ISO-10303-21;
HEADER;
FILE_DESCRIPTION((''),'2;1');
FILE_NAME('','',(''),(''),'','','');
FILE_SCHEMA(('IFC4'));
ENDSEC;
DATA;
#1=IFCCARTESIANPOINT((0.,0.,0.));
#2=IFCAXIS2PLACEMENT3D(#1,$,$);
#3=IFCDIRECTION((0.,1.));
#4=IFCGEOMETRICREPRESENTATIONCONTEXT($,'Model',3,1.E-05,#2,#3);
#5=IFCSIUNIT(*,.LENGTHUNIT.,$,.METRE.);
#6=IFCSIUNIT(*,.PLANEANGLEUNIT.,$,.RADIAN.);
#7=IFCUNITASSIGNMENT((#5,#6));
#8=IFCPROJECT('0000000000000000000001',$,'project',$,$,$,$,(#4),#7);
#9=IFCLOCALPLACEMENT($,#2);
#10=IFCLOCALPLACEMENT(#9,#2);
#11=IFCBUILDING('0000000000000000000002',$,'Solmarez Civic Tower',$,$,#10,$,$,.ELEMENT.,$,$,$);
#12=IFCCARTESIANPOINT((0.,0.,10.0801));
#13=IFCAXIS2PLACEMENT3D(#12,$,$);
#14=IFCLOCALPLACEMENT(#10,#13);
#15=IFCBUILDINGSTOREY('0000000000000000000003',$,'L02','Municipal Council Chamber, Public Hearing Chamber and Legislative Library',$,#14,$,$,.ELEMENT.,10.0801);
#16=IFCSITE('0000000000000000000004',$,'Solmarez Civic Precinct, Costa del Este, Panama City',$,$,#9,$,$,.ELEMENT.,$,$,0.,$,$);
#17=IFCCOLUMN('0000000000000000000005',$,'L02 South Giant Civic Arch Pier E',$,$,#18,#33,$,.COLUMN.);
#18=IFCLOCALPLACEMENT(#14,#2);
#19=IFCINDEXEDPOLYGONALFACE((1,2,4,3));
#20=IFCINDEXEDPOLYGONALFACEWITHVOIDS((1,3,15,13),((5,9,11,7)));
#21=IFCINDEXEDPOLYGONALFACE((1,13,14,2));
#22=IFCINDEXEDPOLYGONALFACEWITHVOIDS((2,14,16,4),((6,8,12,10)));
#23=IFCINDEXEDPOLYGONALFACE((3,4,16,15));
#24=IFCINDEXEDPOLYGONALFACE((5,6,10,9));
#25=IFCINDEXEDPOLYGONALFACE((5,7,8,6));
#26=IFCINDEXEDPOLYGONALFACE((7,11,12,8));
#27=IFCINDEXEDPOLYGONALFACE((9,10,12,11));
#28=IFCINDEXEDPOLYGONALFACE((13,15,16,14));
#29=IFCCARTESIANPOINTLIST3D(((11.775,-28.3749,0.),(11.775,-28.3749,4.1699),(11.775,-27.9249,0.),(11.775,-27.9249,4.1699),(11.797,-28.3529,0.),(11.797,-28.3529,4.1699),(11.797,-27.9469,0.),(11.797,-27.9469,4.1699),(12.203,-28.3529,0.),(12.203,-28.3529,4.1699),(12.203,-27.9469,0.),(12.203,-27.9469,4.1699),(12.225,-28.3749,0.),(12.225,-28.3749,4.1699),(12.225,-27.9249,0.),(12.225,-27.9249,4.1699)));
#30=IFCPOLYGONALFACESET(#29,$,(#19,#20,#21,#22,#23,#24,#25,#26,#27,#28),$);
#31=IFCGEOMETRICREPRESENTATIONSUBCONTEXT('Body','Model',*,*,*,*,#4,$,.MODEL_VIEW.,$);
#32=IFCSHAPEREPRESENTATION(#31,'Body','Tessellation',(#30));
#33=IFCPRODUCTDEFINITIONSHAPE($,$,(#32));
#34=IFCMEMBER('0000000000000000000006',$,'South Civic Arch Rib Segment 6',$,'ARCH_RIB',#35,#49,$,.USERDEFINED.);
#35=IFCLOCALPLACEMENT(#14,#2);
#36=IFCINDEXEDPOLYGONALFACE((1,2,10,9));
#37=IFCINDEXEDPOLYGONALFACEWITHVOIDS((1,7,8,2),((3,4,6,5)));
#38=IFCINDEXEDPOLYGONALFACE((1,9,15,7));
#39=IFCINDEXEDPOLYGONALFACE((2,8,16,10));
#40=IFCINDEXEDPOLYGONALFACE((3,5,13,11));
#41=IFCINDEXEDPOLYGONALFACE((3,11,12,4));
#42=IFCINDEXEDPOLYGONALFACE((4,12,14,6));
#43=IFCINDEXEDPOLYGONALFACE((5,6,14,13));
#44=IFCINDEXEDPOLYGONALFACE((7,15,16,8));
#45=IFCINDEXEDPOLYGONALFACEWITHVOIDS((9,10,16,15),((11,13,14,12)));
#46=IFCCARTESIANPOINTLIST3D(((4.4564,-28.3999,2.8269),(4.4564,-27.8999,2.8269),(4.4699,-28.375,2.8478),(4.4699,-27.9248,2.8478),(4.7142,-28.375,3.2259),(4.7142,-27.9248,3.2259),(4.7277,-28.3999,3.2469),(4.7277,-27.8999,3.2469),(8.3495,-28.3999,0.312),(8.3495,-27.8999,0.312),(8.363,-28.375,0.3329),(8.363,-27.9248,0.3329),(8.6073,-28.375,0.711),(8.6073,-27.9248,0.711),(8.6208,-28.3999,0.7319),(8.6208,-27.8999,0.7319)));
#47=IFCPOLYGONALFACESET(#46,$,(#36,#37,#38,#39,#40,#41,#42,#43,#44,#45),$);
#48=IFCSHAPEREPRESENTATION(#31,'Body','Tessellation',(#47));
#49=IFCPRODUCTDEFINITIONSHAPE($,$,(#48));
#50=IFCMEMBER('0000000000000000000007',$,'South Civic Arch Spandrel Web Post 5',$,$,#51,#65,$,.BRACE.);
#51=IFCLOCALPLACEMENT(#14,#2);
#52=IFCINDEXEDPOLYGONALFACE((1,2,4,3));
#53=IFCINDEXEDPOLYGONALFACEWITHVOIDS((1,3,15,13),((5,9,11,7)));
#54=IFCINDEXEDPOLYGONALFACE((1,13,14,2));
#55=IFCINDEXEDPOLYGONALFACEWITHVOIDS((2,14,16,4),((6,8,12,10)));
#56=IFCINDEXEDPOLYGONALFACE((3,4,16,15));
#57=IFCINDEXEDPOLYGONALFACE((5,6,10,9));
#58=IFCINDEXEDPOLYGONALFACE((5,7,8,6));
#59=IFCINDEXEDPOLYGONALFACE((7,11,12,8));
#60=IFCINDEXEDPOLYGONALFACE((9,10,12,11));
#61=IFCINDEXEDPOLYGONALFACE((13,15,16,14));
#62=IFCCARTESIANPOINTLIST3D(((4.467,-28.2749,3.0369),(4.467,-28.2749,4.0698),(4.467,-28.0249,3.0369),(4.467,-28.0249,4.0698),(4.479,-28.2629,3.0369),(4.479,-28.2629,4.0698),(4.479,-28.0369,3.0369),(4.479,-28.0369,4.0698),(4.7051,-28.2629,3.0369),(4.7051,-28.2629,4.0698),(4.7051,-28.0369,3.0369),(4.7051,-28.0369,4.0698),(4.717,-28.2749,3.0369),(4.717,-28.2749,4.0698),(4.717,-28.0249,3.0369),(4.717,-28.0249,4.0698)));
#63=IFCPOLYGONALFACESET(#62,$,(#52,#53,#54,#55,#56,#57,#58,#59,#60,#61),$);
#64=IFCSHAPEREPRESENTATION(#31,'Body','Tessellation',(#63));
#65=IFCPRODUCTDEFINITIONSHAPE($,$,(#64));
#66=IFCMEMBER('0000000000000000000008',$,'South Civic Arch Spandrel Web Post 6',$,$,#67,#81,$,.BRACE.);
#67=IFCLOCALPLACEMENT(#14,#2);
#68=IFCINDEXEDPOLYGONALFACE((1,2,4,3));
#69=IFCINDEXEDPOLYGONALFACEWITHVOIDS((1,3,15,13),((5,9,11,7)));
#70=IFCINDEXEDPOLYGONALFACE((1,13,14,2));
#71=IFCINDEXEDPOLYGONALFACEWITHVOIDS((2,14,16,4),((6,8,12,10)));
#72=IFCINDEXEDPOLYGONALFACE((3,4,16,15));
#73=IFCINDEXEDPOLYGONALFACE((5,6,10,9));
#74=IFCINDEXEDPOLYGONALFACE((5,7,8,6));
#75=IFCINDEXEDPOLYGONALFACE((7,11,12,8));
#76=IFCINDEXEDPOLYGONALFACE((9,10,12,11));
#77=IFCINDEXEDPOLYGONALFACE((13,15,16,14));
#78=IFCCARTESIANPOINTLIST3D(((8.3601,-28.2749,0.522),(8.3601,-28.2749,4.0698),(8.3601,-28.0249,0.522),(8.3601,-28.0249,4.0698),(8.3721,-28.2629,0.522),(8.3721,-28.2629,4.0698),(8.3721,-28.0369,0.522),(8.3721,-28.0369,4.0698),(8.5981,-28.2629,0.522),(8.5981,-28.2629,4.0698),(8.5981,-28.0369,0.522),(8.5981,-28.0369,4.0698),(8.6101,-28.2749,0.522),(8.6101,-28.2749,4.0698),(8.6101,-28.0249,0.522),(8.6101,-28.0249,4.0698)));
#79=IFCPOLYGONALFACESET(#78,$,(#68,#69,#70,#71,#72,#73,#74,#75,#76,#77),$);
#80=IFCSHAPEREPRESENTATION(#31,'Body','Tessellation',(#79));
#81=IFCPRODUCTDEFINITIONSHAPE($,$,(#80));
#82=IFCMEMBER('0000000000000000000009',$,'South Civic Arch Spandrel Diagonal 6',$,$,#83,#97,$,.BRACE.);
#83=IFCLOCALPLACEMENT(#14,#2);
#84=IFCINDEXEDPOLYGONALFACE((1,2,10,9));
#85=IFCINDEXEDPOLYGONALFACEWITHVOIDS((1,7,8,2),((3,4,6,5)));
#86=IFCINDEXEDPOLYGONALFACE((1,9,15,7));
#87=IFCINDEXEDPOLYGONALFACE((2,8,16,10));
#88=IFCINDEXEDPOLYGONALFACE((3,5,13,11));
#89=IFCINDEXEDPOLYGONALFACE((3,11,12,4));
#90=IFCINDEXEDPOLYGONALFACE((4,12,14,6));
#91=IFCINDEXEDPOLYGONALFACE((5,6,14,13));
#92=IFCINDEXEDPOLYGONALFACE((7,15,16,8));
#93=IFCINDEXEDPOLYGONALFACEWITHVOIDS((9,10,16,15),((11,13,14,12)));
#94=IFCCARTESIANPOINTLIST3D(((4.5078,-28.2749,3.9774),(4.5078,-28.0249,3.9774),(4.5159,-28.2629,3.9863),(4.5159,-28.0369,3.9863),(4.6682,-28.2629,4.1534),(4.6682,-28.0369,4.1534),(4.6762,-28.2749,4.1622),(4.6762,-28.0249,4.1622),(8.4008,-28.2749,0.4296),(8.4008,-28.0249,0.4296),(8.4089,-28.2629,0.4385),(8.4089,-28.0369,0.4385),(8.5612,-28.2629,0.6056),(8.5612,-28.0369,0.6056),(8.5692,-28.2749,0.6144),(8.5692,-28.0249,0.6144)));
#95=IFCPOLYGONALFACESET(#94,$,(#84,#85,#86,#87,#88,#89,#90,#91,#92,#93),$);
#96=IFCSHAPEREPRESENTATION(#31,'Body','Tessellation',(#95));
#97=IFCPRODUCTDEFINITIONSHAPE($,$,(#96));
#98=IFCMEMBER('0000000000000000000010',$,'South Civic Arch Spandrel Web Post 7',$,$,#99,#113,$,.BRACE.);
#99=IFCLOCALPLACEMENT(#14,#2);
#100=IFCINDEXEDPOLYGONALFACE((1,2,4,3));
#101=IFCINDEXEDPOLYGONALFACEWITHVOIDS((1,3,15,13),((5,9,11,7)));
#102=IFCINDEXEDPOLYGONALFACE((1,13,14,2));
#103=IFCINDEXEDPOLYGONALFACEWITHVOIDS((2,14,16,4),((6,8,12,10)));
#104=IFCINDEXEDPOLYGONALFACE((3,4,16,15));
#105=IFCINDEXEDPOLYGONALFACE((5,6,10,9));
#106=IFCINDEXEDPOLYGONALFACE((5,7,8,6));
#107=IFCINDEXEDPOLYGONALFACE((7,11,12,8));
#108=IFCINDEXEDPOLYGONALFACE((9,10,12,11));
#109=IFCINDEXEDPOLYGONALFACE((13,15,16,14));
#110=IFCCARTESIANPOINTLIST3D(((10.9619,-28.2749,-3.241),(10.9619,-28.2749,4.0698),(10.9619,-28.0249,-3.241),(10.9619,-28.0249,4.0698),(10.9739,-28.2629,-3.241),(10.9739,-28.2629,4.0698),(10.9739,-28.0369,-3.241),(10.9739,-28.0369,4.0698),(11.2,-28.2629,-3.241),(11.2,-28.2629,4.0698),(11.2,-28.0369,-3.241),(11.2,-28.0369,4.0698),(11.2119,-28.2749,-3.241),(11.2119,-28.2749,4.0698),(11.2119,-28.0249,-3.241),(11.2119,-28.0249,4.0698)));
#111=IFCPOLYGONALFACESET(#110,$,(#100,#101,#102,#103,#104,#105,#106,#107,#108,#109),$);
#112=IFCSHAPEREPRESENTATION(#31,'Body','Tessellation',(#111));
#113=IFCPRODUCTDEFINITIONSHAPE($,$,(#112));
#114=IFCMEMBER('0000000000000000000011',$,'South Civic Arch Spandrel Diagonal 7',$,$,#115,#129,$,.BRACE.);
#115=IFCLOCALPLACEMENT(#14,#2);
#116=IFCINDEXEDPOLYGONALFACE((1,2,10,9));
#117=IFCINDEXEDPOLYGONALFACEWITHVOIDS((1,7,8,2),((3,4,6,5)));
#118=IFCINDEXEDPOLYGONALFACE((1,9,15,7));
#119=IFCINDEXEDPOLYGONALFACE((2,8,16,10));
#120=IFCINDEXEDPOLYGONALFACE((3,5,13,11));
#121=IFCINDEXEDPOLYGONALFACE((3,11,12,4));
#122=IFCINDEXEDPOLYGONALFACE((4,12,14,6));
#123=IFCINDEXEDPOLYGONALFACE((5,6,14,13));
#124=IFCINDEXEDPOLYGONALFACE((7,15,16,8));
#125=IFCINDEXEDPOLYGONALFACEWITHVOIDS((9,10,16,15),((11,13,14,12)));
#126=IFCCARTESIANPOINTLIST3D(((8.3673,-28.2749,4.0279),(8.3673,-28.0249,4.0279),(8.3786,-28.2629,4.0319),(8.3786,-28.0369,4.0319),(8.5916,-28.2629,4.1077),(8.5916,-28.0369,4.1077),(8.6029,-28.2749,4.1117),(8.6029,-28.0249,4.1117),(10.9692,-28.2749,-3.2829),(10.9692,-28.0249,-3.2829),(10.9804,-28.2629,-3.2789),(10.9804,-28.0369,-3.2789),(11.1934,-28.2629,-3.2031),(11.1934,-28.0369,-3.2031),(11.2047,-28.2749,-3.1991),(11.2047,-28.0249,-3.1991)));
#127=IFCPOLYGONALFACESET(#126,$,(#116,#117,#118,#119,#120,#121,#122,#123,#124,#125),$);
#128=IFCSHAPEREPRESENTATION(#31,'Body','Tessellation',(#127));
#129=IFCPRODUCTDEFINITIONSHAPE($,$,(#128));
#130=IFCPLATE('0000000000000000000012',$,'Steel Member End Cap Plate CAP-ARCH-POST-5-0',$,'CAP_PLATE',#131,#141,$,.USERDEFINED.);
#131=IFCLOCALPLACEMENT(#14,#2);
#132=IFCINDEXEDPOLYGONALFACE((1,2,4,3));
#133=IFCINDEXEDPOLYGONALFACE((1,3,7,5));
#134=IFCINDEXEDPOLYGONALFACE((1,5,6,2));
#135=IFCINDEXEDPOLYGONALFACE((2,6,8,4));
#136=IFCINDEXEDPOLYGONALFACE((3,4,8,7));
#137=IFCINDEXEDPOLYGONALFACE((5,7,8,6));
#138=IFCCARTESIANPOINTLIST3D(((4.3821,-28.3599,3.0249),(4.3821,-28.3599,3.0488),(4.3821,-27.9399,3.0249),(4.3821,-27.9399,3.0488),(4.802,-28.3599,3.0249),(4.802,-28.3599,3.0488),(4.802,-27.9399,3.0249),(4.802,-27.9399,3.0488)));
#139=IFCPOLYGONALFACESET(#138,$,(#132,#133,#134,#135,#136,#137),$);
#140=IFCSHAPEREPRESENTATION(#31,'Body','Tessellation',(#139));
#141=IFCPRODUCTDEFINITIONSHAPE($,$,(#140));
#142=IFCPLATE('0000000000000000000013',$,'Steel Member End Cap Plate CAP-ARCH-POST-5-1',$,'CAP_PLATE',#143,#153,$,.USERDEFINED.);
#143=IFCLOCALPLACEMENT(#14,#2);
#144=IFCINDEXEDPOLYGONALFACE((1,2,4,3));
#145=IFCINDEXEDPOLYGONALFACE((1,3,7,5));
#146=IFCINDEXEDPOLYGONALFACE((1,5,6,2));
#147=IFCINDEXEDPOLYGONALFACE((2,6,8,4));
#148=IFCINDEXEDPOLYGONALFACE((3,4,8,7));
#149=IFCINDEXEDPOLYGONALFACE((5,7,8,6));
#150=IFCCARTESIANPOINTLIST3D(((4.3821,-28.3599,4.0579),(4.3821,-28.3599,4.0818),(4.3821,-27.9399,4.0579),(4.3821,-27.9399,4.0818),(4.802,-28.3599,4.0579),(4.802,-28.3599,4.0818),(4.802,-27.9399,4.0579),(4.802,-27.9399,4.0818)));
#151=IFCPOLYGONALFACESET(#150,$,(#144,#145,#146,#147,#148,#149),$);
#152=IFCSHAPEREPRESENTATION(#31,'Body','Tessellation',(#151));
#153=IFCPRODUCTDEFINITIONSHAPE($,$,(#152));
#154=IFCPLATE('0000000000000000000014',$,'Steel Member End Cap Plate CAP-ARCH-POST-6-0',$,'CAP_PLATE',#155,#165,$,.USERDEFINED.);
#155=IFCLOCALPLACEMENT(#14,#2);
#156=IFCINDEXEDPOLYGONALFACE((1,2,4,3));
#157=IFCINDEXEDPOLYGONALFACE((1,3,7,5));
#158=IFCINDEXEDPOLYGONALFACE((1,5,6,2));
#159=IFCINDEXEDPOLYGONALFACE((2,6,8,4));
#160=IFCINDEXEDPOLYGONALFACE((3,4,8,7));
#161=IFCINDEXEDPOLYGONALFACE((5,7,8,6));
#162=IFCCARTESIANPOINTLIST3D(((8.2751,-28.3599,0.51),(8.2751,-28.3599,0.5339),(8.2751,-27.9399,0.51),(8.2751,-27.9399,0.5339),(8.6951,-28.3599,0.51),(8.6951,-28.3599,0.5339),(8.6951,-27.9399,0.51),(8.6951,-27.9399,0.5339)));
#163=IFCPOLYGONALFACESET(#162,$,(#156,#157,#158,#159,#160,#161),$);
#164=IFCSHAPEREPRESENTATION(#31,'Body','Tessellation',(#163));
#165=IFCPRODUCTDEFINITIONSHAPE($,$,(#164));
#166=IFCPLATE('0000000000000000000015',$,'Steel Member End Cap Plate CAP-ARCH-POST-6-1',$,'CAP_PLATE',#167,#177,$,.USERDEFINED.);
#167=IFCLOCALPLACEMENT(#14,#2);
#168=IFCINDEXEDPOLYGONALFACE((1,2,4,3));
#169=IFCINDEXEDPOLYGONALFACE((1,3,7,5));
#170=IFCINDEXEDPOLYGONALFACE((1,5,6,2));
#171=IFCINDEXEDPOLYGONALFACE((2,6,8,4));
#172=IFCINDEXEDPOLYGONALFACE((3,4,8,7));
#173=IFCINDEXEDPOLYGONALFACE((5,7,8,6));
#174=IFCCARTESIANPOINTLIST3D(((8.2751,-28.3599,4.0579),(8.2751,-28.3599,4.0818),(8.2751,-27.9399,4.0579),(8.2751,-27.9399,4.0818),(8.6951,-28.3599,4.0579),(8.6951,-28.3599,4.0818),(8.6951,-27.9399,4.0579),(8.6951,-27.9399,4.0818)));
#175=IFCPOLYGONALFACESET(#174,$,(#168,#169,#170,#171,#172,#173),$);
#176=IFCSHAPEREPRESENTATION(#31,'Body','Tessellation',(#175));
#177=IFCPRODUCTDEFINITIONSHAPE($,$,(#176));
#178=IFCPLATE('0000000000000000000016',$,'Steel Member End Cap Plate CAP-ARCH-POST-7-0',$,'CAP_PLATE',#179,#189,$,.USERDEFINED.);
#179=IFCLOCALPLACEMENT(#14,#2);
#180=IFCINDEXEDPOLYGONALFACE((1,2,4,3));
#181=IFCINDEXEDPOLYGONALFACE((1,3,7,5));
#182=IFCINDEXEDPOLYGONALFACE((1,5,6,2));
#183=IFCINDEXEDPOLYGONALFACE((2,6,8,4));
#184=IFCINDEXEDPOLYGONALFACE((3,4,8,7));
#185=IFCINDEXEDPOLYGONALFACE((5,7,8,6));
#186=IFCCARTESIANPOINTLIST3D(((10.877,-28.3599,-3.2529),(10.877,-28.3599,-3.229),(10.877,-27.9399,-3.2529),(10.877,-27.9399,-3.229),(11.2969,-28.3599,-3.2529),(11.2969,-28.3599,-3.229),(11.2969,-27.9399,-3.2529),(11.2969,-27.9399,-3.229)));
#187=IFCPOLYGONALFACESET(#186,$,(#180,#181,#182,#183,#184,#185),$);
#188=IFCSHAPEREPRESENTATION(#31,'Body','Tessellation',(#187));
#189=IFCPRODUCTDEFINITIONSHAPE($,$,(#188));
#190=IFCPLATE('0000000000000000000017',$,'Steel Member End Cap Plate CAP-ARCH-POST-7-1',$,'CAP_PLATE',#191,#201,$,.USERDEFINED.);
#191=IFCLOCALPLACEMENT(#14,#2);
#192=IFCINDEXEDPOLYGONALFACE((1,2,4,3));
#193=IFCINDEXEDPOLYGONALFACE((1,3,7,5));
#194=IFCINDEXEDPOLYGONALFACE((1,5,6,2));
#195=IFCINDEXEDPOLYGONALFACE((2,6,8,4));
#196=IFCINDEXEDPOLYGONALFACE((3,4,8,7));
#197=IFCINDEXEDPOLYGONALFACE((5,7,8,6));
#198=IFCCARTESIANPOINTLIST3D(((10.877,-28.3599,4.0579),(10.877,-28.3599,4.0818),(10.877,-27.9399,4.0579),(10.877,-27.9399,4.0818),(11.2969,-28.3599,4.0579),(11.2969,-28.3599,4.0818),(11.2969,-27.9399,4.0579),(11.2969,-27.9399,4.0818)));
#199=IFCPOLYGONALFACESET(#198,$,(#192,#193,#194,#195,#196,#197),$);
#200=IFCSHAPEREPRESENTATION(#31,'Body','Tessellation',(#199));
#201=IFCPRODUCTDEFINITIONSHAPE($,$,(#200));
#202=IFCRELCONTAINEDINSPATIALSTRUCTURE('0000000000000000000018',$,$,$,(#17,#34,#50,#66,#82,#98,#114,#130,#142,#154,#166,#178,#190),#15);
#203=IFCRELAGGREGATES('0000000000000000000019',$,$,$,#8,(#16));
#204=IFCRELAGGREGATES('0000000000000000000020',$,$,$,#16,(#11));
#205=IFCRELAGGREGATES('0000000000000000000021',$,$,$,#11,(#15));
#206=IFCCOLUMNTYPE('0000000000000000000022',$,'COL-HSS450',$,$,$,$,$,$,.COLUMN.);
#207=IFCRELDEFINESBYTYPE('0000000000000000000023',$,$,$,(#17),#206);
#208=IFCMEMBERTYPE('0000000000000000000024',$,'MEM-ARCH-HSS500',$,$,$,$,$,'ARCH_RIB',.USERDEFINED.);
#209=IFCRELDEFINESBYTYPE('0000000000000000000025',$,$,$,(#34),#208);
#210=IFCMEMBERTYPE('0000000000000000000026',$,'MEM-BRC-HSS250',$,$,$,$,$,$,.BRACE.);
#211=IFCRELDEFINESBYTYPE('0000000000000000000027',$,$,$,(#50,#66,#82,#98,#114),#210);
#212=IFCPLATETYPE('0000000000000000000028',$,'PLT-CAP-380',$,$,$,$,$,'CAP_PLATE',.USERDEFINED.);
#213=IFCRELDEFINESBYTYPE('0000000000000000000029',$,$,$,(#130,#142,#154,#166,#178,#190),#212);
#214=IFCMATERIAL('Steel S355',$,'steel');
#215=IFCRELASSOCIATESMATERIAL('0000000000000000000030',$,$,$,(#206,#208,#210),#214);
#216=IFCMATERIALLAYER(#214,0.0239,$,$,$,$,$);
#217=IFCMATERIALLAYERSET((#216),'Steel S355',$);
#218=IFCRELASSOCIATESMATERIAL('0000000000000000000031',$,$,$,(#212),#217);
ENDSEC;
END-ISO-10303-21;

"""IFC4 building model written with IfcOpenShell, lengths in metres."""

from ifc_helpers import new_model, si_unit, direction, frame, origin, origin_2d, place, context, subcontext, project, spatial, rectangle, hollow_rectangle, extrude, material, layer, layer_set, material_profile, profile_set, type_object, element, save


model = new_model("IFC4")

# Units and contexts
model_context = context("Model", 3, precision=1e-05, world=origin(), true_north=direction((0.0, 1.0)))
body_context = subcontext(model_context, "Body", "Model", "MODEL_VIEW")
ifc_project = project(units=[si_unit("LENGTHUNIT", "METRE"), si_unit("PLANEANGLEUNIT", "RADIAN")], contexts=[model_context])

# Site, building, storey
site_placement = place(None, origin())
site = spatial("IfcSite", under=ifc_project, at=site_placement, Name="Solmarez Civic Precinct, Costa del Este, Panama City", CompositionType="ELEMENT", RefElevation=0.0)
building_placement = place(site_placement, origin())
building = spatial("IfcBuilding", under=site, at=building_placement, Name="Solmarez Civic Tower", CompositionType="ELEMENT")
storey_placement = place(building_placement, frame((0.0, 0.0, 10.0801)))
storey = spatial("IfcBuildingStorey", under=building, at=storey_placement, Name="L02", Description="Municipal Council Chamber, Public Hearing Chamber and Legislative Library", CompositionType="ELEMENT", Elevation=10.0801)

# Column
ifc_material = material(Name="Steel S355", Category="steel")
ifc_material_profile_1 = material_profile(ifc_material, hollow_rectangle(XDim=0.45, YDim=0.45, WallThickness=0.022, at=origin_2d()), Name="HSS450X450X22")
ifc_profile_set_1 = profile_set([ifc_material_profile_1], Name="Steel S355")
column_type = type_object("IfcColumnType", Name="COL-HSS450", PredefinedType="COLUMN", material=ifc_profile_set_1)
column_placement = place(storey_placement, frame((12.0, -28.1499, 0.0), z_axis=(0.0, 0.0, 1.0), x_axis=(1.0, 0.0, 0.0)))
element("IfcColumn", 1, at=column_placement, inside=storey, type_object=column_type, Name="L02 South Giant Civic Arch Pier E", PredefinedType="COLUMN", context=body_context, shape_type="SweptSolid", body=[
    extrude(hollow_rectangle(XDim=0.45, YDim=0.45, WallThickness=0.022, at=origin_2d()), origin(), (0.0, 0.0, 1.0), 4.1699),
])

# Members
ifc_material_profile_2 = material_profile(ifc_material, hollow_rectangle(XDim=0.5, YDim=0.5, WallThickness=0.0249, at=origin_2d()), Name="HSS500X500X25")
ifc_profile_set_2 = profile_set([ifc_material_profile_2], Name="Steel S355")
member_type_1 = type_object("IfcMemberType", Name="MEM-ARCH-HSS500", ElementType="ARCH_RIB", PredefinedType="USERDEFINED", material=ifc_profile_set_2)
member_1_placement = place(storey_placement, frame((4.592, -28.1499, 3.0369), z_axis=(0.839978, 0.0, -0.54262), x_axis=(0.0, 1.0, 0.0)))
element("IfcMember", 2, at=member_1_placement, inside=storey, type_object=member_type_1, Name="South Civic Arch Rib Segment 6", ObjectType="ARCH_RIB", PredefinedType="USERDEFINED", context=body_context, shape_type="SweptSolid", body=[
    extrude(hollow_rectangle(XDim=0.5, YDim=0.5, WallThickness=0.0249, at=origin_2d()), origin(), (0.0, 0.0, 1.0), 4.6348),
])
ifc_material_profile_3 = material_profile(ifc_material, hollow_rectangle(XDim=0.25, YDim=0.25, WallThickness=0.012, at=origin_2d()), Name="HSS250X250X12")
ifc_profile_set_3 = profile_set([ifc_material_profile_3], Name="Steel S355")
member_type_2 = type_object("IfcMemberType", Name="MEM-BRC-HSS250", PredefinedType="BRACE", material=ifc_profile_set_3)
member_2_placement = place(storey_placement, frame((4.592, -28.1499, 3.0369), z_axis=(0.0, 0.0, 1.0), x_axis=(1.0, 0.0, 0.0)))
element("IfcMember", 3, at=member_2_placement, inside=storey, type_object=member_type_2, Name="South Civic Arch Spandrel Web Post 5", PredefinedType="BRACE", context=body_context, shape_type="SweptSolid", body=[
    extrude(hollow_rectangle(XDim=0.25, YDim=0.25, WallThickness=0.012, at=origin_2d()), origin(), (0.0, 0.0, 1.0), 1.033),
])
member_3_placement = place(storey_placement, frame((8.4851, -28.1499, 0.522), z_axis=(0.0, 0.0, 1.0), x_axis=(1.0, 0.0, 0.0)))
element("IfcMember", 4, at=member_3_placement, inside=storey, type_object=member_type_2, Name="South Civic Arch Spandrel Web Post 6", PredefinedType="BRACE", context=body_context, shape_type="SweptSolid", body=[
    extrude(hollow_rectangle(XDim=0.25, YDim=0.25, WallThickness=0.012, at=origin_2d()), origin(), (0.0, 0.0, 1.0), 3.5479),
])
member_4_placement = place(storey_placement, frame((4.592, -28.1499, 4.0698), z_axis=(0.739117, 0.0, -0.673577), x_axis=(0.0, 1.0, 0.0)))
element("IfcMember", 5, at=member_4_placement, inside=storey, type_object=member_type_2, Name="South Civic Arch Spandrel Diagonal 6", PredefinedType="BRACE", context=body_context, shape_type="SweptSolid", body=[
    extrude(hollow_rectangle(XDim=0.25, YDim=0.25, WallThickness=0.012, at=origin_2d()), origin(), (0.0, 0.0, 1.0), 5.2671),
])
member_5_placement = place(storey_placement, frame((11.0869, -28.1499, -3.241), z_axis=(0.0, 0.0, 1.0), x_axis=(1.0, 0.0, 0.0)))
element("IfcMember", 6, at=member_5_placement, inside=storey, type_object=member_type_2, Name="South Civic Arch Spandrel Web Post 7", PredefinedType="BRACE", context=body_context, shape_type="SweptSolid", body=[
    extrude(hollow_rectangle(XDim=0.25, YDim=0.25, WallThickness=0.012, at=origin_2d()), origin(), (0.0, 0.0, 1.0), 7.3108),
])
member_6_placement = place(storey_placement, frame((8.4851, -28.1499, 4.0698), z_axis=(0.335286, 0.0, -0.942116), x_axis=(0.0, 1.0, 0.0)))
element("IfcMember", 7, at=member_6_placement, inside=storey, type_object=member_type_2, Name="South Civic Arch Spandrel Diagonal 7", PredefinedType="BRACE", context=body_context, shape_type="SweptSolid", body=[
    extrude(hollow_rectangle(XDim=0.25, YDim=0.25, WallThickness=0.012, at=origin_2d()), origin(), (0.0, 0.0, 1.0), 7.76),
])

# Plates
ifc_layer_1 = layer(ifc_material, 0.0239)
ifc_layer_set_1 = layer_set([ifc_layer_1], Name="Steel S355")
plate_type_1 = type_object("IfcPlateType", Name="PLT-CAP-380", ElementType="CAP_PLATE", PredefinedType="USERDEFINED", material=ifc_layer_set_1)
for number, where, z_axis, x_axis, name in (
    (8, (4.592, -28.1499, 3.0249), (0.0, 0.0, 1.0), (1.0, 0.0, 0.0), "Steel Member End Cap Plate CAP-ARCH-POST-5-0"),
    (9, (4.592, -28.1499, 4.0579), (0.0, 0.0, 1.0), (1.0, 0.0, 0.0), "Steel Member End Cap Plate CAP-ARCH-POST-5-1"),
    (10, (8.4851, -28.1499, 0.51), (0.0, 0.0, 1.0), (1.0, 0.0, 0.0), "Steel Member End Cap Plate CAP-ARCH-POST-6-0"),
    (11, (8.4851, -28.1499, 4.0579), (0.0, 0.0, 1.0), (1.0, 0.0, 0.0), "Steel Member End Cap Plate CAP-ARCH-POST-6-1"),
    (12, (11.0869, -28.1499, -3.2529), (0.0, 0.0, 1.0), (1.0, 0.0, 0.0), "Steel Member End Cap Plate CAP-ARCH-POST-7-0"),
    (13, (11.0869, -28.1499, 4.0579), (0.0, 0.0, 1.0), (1.0, 0.0, 0.0), "Steel Member End Cap Plate CAP-ARCH-POST-7-1"),
):
    element("IfcPlate", number, at=place(storey_placement, frame(where, z_axis=z_axis, x_axis=x_axis)), inside=storey, type_object=plate_type_1, Name=name, ObjectType="CAP_PLATE", PredefinedType="USERDEFINED", context=body_context, shape_type="SweptSolid", body=[
        extrude(rectangle(XDim=0.4199, YDim=0.4199, at=origin_2d()), origin(), (0.0, 0.0, 1.0), 0.0239),
    ])

save(model, "model.ifc")
